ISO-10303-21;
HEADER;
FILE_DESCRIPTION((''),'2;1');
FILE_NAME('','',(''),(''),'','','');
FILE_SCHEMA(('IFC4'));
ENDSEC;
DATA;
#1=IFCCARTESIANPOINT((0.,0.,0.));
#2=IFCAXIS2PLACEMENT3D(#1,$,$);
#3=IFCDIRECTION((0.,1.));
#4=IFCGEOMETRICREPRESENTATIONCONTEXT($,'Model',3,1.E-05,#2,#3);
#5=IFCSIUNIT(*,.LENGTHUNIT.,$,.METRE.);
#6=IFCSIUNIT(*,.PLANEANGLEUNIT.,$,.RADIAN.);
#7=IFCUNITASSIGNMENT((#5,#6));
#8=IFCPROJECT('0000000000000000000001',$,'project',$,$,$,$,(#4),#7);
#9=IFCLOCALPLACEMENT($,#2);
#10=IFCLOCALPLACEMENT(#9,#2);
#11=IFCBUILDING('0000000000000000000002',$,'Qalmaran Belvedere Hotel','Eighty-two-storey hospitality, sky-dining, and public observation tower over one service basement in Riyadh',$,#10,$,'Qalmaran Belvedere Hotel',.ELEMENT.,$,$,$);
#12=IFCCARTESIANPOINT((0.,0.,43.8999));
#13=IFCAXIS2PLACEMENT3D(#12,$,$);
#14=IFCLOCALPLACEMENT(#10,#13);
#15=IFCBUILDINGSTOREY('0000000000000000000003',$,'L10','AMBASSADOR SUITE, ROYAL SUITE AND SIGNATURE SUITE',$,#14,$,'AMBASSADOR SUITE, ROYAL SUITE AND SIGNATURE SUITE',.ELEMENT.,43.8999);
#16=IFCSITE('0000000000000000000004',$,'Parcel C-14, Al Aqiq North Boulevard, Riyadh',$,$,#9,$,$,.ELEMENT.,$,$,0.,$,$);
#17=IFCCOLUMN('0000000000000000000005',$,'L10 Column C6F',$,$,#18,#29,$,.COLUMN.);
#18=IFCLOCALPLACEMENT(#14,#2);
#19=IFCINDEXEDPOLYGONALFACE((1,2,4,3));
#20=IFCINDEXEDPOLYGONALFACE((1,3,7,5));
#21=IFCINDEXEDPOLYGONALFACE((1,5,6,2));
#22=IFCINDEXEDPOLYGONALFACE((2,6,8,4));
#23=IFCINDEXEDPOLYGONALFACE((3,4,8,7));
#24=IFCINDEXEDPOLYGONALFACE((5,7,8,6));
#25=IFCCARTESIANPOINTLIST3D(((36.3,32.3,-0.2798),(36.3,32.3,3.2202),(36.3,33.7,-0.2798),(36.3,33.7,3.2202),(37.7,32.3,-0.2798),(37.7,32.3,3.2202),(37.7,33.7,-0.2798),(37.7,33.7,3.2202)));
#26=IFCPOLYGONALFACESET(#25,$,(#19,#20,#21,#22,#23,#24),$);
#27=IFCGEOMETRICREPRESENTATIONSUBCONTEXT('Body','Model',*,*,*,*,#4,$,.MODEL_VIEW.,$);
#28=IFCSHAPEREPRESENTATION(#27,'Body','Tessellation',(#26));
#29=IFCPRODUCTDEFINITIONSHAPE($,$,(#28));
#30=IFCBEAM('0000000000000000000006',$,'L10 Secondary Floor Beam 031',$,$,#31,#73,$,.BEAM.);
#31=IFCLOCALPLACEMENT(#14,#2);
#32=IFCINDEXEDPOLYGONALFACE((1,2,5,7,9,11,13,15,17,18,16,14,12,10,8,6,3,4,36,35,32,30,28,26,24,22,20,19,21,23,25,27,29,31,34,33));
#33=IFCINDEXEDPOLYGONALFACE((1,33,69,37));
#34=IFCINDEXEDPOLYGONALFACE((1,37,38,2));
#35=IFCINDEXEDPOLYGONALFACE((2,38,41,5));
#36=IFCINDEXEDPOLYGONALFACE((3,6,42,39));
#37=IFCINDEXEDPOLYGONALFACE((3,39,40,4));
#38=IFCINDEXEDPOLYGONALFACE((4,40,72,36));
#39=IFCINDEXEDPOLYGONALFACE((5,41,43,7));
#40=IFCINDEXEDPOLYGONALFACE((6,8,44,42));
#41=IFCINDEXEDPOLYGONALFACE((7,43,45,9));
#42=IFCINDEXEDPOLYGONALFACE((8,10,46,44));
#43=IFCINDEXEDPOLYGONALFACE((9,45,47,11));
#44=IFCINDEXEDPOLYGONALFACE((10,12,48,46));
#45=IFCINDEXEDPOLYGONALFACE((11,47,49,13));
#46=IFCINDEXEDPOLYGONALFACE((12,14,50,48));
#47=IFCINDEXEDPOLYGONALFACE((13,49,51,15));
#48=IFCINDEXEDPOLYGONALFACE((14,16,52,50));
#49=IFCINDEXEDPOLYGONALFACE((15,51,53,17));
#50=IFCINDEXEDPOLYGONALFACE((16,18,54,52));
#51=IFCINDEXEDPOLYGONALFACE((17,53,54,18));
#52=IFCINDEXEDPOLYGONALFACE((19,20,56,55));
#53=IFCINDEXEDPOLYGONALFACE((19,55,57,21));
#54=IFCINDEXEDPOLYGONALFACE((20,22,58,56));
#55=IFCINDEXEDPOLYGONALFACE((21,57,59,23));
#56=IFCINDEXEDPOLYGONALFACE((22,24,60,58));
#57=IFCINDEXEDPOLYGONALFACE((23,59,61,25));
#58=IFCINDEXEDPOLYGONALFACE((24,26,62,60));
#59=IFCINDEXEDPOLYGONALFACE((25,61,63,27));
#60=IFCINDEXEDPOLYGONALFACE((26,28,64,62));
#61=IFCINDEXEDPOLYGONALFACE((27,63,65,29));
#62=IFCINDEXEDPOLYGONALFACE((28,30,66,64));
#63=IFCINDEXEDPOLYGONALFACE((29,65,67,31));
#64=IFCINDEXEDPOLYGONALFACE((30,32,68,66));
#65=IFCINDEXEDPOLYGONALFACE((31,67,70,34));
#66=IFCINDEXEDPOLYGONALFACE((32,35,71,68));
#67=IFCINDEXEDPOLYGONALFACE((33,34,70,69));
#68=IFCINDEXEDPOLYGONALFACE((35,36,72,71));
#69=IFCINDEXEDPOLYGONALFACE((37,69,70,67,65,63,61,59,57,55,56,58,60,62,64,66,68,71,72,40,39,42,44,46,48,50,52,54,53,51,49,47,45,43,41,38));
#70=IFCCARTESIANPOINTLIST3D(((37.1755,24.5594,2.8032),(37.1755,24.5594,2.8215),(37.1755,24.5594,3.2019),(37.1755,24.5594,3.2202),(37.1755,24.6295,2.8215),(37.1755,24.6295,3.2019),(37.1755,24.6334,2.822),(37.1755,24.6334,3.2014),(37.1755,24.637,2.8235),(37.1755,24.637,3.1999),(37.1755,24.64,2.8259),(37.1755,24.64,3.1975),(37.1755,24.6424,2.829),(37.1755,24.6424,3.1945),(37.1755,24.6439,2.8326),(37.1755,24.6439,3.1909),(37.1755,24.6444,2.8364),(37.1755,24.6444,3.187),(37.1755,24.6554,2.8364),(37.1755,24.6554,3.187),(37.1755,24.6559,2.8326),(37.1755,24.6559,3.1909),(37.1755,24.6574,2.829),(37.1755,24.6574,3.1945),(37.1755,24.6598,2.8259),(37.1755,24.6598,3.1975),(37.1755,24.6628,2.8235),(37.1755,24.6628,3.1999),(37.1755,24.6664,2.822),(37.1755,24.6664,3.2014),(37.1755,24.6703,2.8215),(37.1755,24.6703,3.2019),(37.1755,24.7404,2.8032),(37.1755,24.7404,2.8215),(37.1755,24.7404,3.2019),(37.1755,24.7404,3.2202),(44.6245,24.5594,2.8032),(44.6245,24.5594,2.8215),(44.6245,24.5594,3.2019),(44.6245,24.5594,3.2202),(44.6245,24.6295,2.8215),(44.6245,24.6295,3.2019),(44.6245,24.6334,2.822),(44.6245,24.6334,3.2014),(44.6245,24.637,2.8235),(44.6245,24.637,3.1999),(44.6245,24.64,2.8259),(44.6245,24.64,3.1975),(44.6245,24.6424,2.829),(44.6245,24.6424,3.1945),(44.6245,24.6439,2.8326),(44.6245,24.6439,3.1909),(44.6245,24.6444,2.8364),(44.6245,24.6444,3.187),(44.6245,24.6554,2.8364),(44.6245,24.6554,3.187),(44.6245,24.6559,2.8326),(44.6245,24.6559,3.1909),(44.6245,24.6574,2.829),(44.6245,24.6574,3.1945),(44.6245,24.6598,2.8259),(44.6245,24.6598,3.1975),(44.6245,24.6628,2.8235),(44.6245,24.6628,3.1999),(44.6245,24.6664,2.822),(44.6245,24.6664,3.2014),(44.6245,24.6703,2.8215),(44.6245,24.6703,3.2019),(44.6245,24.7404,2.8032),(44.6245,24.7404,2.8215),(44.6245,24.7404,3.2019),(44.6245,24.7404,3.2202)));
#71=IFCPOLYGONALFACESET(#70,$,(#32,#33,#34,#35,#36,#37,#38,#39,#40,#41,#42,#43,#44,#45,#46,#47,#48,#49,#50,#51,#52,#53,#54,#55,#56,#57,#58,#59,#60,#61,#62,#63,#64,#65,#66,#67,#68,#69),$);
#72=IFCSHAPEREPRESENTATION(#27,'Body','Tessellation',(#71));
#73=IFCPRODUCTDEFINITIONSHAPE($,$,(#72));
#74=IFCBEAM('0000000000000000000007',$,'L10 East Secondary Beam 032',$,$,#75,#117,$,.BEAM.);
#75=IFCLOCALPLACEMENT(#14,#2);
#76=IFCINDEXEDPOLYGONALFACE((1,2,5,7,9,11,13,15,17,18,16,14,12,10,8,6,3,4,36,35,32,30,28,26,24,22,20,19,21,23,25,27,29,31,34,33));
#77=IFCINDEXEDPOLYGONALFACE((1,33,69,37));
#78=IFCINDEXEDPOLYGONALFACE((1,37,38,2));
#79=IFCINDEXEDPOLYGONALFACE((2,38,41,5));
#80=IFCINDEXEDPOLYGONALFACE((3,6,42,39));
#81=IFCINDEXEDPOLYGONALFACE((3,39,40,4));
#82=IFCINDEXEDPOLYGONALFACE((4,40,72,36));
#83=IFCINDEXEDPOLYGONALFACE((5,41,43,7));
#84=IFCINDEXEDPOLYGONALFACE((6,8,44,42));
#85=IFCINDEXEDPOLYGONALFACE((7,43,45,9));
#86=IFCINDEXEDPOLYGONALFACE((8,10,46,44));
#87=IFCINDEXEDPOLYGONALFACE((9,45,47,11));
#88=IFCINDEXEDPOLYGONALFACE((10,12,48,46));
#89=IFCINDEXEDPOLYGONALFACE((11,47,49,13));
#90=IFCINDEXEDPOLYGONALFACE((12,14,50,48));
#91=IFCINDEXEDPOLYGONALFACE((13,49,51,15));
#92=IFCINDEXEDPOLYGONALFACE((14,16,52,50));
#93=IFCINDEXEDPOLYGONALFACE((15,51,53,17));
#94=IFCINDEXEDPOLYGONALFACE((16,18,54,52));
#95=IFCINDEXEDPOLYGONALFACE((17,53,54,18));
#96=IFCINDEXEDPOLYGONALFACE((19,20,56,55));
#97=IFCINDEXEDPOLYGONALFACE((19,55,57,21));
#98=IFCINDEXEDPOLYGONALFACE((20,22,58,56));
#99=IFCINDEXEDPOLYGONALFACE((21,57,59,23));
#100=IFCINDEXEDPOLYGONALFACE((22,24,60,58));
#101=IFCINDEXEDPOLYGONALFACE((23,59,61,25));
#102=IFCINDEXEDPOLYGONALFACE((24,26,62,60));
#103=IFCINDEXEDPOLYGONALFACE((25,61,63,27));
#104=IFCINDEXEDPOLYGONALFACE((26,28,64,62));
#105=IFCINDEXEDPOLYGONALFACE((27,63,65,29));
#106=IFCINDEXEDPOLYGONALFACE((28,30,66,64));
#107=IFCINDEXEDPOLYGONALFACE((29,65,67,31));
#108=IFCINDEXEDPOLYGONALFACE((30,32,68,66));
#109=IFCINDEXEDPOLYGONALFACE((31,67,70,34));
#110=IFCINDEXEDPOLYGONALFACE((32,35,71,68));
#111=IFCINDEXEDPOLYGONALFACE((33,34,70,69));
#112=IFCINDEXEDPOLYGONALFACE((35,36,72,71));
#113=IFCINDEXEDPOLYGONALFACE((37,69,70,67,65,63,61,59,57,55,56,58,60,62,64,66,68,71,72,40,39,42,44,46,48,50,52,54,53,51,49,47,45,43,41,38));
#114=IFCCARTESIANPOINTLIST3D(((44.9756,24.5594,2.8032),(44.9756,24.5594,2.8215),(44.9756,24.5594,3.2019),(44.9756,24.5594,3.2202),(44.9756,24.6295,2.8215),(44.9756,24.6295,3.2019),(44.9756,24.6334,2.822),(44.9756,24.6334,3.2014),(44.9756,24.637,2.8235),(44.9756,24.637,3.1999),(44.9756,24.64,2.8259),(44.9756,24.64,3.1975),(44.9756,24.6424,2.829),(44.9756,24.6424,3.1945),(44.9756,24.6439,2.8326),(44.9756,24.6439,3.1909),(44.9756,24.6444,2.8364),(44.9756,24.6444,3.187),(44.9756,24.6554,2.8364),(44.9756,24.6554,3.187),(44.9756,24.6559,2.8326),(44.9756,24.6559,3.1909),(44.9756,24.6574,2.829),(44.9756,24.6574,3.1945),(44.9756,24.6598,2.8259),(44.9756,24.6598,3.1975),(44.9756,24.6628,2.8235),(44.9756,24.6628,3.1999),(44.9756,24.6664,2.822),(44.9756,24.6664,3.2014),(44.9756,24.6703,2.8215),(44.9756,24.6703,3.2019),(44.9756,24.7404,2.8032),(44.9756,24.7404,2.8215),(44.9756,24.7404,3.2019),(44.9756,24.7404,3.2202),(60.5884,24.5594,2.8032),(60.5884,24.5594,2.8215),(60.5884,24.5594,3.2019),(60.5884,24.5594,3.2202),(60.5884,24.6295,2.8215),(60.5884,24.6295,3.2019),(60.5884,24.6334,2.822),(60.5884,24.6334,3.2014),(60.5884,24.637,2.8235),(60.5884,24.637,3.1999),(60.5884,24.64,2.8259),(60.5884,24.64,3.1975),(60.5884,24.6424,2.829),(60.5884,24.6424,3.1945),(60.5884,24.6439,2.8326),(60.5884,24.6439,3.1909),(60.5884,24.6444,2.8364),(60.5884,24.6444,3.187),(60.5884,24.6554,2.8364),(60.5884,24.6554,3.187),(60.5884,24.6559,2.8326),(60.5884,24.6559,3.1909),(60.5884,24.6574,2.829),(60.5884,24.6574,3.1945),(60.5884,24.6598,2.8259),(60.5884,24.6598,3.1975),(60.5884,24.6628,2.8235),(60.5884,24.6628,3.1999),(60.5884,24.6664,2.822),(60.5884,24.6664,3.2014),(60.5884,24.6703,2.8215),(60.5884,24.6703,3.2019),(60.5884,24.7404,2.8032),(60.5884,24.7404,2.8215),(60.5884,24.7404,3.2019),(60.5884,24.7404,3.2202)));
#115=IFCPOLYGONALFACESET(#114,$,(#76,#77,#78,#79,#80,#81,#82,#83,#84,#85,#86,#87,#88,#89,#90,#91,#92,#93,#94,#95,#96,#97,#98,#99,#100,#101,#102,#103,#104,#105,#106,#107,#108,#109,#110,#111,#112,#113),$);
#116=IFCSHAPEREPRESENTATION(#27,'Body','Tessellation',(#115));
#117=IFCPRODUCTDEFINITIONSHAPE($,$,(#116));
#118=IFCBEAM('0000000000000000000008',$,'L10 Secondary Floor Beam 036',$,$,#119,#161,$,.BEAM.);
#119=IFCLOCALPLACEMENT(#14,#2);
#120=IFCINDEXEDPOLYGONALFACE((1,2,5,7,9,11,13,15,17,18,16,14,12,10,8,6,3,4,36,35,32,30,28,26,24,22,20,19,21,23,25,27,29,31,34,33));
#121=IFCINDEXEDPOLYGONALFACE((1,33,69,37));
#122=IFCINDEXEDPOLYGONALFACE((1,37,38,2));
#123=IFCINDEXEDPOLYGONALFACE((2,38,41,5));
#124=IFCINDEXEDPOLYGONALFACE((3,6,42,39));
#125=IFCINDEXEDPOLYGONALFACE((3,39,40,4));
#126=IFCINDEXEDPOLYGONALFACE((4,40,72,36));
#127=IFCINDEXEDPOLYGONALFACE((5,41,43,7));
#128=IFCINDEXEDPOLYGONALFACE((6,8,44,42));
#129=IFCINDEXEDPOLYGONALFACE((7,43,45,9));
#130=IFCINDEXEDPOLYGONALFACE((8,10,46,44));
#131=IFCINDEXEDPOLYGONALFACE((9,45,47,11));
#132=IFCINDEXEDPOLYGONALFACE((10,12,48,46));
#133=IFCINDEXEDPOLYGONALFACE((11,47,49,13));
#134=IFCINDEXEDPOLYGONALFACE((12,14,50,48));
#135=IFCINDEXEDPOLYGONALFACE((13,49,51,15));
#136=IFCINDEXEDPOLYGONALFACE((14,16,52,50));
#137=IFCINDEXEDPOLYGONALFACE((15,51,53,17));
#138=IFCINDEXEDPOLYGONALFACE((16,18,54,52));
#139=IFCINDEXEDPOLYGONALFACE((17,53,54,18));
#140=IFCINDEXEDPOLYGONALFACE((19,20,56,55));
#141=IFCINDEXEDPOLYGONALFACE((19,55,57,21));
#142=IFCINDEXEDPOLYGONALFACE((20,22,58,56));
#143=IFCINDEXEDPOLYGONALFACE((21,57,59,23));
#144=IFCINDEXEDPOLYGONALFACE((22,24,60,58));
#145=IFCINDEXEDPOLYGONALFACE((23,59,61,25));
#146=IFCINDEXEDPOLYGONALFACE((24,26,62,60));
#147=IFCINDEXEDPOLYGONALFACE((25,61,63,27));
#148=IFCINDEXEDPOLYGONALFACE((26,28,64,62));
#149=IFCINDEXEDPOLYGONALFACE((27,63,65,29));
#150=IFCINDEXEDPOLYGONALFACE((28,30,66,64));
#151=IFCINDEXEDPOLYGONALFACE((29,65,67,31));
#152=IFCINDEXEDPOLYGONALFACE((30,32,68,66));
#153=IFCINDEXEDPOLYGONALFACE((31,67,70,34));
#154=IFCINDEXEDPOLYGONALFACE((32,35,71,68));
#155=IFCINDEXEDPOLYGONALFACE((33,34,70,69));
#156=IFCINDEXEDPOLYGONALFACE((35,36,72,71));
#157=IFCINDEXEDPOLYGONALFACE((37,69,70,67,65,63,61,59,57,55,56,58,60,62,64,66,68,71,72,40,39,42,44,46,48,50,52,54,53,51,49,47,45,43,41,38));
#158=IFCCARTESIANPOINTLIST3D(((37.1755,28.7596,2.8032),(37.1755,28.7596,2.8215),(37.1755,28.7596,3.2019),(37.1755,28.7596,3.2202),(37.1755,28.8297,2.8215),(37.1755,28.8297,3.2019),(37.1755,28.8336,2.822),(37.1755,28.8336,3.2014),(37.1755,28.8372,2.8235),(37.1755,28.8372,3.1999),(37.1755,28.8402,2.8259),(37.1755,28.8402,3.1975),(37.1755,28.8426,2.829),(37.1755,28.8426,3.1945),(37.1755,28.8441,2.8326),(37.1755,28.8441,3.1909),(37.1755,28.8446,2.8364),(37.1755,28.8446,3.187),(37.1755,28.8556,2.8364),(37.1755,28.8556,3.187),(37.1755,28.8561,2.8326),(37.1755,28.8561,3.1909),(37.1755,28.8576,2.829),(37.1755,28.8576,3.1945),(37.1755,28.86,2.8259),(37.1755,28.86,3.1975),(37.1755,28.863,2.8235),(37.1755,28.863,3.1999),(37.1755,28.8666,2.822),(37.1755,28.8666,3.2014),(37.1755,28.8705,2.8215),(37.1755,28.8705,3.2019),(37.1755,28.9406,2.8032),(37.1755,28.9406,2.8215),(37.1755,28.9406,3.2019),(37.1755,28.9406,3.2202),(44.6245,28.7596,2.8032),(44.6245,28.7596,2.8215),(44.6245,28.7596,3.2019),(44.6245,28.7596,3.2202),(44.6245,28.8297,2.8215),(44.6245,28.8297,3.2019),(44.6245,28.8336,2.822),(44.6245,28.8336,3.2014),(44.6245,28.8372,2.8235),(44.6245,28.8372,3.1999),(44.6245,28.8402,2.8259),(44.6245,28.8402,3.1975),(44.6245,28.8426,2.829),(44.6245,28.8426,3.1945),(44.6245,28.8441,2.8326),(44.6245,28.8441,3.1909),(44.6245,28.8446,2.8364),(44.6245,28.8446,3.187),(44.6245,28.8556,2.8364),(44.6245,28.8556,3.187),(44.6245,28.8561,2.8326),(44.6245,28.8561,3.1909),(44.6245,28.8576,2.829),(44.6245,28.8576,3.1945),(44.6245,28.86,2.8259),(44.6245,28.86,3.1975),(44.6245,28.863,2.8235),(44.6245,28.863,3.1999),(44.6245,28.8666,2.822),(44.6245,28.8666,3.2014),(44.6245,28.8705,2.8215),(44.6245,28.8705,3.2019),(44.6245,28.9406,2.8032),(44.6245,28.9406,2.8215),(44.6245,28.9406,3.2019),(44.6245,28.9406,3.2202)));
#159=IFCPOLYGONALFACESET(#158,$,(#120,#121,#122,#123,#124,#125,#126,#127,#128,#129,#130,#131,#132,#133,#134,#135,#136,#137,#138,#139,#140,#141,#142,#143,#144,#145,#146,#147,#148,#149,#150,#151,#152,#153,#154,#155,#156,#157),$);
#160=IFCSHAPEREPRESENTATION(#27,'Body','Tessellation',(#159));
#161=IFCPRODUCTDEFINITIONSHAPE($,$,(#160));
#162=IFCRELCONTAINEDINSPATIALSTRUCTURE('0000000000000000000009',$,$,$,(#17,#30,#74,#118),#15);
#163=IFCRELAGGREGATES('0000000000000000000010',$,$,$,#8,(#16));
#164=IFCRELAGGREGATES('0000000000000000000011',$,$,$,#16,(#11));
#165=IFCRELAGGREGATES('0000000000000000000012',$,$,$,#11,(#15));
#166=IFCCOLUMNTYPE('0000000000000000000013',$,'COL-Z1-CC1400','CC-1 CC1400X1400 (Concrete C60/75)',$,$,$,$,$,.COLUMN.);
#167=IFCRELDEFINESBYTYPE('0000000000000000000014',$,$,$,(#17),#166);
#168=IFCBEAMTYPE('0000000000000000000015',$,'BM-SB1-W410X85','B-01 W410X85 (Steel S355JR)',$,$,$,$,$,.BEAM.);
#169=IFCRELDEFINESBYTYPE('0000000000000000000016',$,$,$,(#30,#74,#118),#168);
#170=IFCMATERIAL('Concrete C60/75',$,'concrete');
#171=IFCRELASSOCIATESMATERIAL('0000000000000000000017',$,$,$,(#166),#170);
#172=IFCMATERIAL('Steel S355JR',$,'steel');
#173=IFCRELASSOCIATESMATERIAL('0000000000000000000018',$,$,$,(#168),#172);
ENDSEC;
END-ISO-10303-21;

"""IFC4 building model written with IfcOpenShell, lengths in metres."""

from ifc_helpers import new_model, si_unit, direction, frame, origin, origin_2d, place, context, subcontext, project, spatial, rectangle, i_section, extrude, material, material_profile, profile_set, type_object, element, save


model = new_model("IFC4")

# Units and contexts
model_context = context("Model", 3, precision=1e-05, world=origin(), true_north=direction((0.0, 1.0)))
body_context = subcontext(model_context, "Body", "Model", "MODEL_VIEW")
ifc_project = project(units=[si_unit("LENGTHUNIT", "METRE"), si_unit("PLANEANGLEUNIT", "RADIAN")], contexts=[model_context])

# Site, building, storey
site_placement = place(None, origin())
site = spatial("IfcSite", under=ifc_project, at=site_placement, Name="Parcel C-14, Al Aqiq North Boulevard, Riyadh", CompositionType="ELEMENT", RefElevation=0.0)
building_placement = place(site_placement, origin())
building = spatial("IfcBuilding", under=site, at=building_placement, Name="Qalmaran Belvedere Hotel", Description="Eighty-two-storey hospitality, sky-dining, and public observation tower over one service basement in Riyadh", LongName="Qalmaran Belvedere Hotel", CompositionType="ELEMENT")
storey_placement = place(building_placement, frame((0.0, 0.0, 43.8999)))
storey = spatial("IfcBuildingStorey", under=building, at=storey_placement, Name="L10", Description="AMBASSADOR SUITE, ROYAL SUITE AND SIGNATURE SUITE", LongName="AMBASSADOR SUITE, ROYAL SUITE AND SIGNATURE SUITE", CompositionType="ELEMENT", Elevation=43.8999)

# Column
ifc_material_1 = material(Name="Concrete C60/75", Category="concrete")
ifc_material_profile_1 = material_profile(ifc_material_1, rectangle(XDim=1.3999, YDim=1.3999, at=origin_2d()), Name="CC1400X1400")
ifc_profile_set_1 = profile_set([ifc_material_profile_1], Name="Concrete C60/75")
column_type = type_object("IfcColumnType", Name="COL-Z1-CC1400", Description="CC-1 CC1400X1400 (Concrete C60/75)", PredefinedType="COLUMN", material=ifc_profile_set_1)
column_placement = place(storey_placement, frame((37.0, 33.0, -0.2798), z_axis=(0.0, 0.0, 1.0), x_axis=(1.0, 0.0, 0.0)))
element("IfcColumn", 1, at=column_placement, inside=storey, type_object=column_type, Name="L10 Column C6F", PredefinedType="COLUMN", context=body_context, shape_type="SweptSolid", body=[
    extrude(rectangle(XDim=1.3999, YDim=1.3999, at=origin_2d()), origin(), (0.0, 0.0, 1.0), 3.5),
])

# Beams
ifc_material_2 = material(Name="Steel S355JR", Category="steel")
ifc_material_profile_2 = material_profile(ifc_material_2, i_section(OverallWidth=0.1809, OverallDepth=0.417, WebThickness=0.011, FlangeThickness=0.0183, FilletRadius=0.0149, at=origin_2d()), Name="W410X85")
ifc_profile_set_2 = profile_set([ifc_material_profile_2], Name="Steel S355JR")
beam_type_1 = type_object("IfcBeamType", Name="BM-SB1-W410X85", Description="B-01 W410X85 (Steel S355JR)", PredefinedType="BEAM", material=ifc_profile_set_2)
beam_1_placement = place(storey_placement, frame((37.1755, 24.6499, 3.0117), z_axis=(1.0, 0.0, 0.0), x_axis=(0.0, 1.0, 0.0)))
element("IfcBeam", 2, at=beam_1_placement, inside=storey, type_object=beam_type_1, Name="L10 Secondary Floor Beam 031", PredefinedType="BEAM", context=body_context, shape_type="SweptSolid", body=[
    extrude(i_section(OverallWidth=0.1809, OverallDepth=0.417, WebThickness=0.011, FlangeThickness=0.0183, FilletRadius=0.0149, at=origin_2d()), origin(), (0.0, 0.0, 1.0), 7.449),
])
beam_2_placement = place(storey_placement, frame((44.9756, 24.6499, 3.0117), z_axis=(1.0, 0.0, 0.0), x_axis=(0.0, 1.0, 0.0)))
element("IfcBeam", 3, at=beam_2_placement, inside=storey, type_object=beam_type_1, Name="L10 East Secondary Beam 032", PredefinedType="BEAM", context=body_context, shape_type="SweptSolid", body=[
    extrude(i_section(OverallWidth=0.1809, OverallDepth=0.417, WebThickness=0.011, FlangeThickness=0.0183, FilletRadius=0.0149, at=origin_2d()), origin(), (0.0, 0.0, 1.0), 15.6128),
])
beam_3_placement = place(storey_placement, frame((37.1755, 28.8501, 3.0117), z_axis=(1.0, 0.0, 0.0), x_axis=(0.0, 1.0, 0.0)))
element("IfcBeam", 4, at=beam_3_placement, inside=storey, type_object=beam_type_1, Name="L10 Secondary Floor Beam 036", PredefinedType="BEAM", context=body_context, shape_type="SweptSolid", body=[
    extrude(i_section(OverallWidth=0.1809, OverallDepth=0.417, WebThickness=0.011, FlangeThickness=0.0183, FilletRadius=0.0149, at=origin_2d()), origin(), (0.0, 0.0, 1.0), 7.449),
])

save(model, "model.ifc")
